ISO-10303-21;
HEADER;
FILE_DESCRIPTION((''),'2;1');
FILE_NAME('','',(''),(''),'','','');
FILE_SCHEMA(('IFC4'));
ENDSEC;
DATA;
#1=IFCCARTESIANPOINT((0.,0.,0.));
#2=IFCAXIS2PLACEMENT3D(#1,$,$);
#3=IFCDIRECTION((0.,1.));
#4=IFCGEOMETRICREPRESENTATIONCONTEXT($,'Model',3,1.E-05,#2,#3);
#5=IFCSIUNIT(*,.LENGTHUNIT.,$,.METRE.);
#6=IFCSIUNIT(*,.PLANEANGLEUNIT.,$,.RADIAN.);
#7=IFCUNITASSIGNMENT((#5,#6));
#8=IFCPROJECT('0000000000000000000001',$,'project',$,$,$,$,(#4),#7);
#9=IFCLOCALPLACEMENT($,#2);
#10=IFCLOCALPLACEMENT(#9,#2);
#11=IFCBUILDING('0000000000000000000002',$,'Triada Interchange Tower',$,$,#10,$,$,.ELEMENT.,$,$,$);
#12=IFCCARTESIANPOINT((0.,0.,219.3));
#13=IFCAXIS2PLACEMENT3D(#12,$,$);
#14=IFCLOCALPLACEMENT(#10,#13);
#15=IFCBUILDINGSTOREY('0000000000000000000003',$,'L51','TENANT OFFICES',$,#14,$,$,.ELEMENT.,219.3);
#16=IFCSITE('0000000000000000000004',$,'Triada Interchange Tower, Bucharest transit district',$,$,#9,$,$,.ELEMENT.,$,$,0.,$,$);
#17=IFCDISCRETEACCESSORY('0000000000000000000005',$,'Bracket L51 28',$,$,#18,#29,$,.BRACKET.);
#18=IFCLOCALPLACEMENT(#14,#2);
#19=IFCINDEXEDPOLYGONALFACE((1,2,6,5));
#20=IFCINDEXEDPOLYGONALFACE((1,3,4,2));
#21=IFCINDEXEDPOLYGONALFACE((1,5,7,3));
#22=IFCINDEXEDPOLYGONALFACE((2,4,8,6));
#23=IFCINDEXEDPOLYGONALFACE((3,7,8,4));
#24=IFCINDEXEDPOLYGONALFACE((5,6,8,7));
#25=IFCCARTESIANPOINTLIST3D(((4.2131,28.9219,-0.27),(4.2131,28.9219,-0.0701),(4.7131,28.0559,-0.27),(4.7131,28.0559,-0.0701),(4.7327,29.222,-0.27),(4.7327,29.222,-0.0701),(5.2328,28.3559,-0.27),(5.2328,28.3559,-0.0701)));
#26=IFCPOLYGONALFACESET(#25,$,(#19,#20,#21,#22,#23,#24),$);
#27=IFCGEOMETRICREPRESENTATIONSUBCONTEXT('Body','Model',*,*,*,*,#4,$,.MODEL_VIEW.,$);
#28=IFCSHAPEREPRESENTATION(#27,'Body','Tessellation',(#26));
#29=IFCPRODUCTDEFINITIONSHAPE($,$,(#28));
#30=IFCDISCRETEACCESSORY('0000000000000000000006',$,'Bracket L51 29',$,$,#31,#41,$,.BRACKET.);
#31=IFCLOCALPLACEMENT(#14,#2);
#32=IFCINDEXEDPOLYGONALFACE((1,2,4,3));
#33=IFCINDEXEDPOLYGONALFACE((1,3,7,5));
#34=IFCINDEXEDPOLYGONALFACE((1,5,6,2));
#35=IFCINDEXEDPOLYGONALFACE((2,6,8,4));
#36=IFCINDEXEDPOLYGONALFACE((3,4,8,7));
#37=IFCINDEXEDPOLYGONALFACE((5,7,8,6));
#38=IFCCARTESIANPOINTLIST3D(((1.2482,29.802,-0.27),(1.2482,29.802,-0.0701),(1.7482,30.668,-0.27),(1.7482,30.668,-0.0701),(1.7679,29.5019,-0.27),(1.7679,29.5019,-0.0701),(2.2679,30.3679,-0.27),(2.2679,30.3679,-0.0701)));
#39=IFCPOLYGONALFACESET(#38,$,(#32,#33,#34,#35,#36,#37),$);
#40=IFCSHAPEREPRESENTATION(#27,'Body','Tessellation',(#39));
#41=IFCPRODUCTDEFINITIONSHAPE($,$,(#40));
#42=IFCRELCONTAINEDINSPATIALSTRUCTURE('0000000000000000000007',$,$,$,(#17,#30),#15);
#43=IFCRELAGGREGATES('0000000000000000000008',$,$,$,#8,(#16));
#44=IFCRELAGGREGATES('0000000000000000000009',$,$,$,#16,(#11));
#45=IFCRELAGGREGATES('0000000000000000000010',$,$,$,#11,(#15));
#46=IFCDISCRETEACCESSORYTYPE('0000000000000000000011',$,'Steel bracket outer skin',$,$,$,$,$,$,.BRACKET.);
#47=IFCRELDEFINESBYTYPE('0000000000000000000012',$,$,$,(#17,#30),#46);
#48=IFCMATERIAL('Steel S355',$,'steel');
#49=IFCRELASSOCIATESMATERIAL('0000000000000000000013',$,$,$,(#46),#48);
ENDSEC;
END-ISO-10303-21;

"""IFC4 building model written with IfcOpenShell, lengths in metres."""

from ifc_helpers import new_model, si_unit, direction, frame, origin, origin_2d, place, context, subcontext, project, spatial, rectangle, extrude, material, type_object, element, save


model = new_model("IFC4")

# Units and contexts
model_context = context("Model", 3, precision=1e-05, world=origin(), true_north=direction((0.0, 1.0)))
body_context = subcontext(model_context, "Body", "Model", "MODEL_VIEW")
ifc_project = project(units=[si_unit("LENGTHUNIT", "METRE"), si_unit("PLANEANGLEUNIT", "RADIAN")], contexts=[model_context])

# Site, building, storey
site_placement = place(None, origin())
site = spatial("IfcSite", under=ifc_project, at=site_placement, Name="Triada Interchange Tower, Bucharest transit district", CompositionType="ELEMENT", RefElevation=0.0)
building_placement = place(site_placement, origin())
building = spatial("IfcBuilding", under=site, at=building_placement, Name="Triada Interchange Tower", CompositionType="ELEMENT")
storey_placement = place(building_placement, frame((0.0, 0.0, 219.3)))
storey = spatial("IfcBuildingStorey", under=building, at=storey_placement, Name="L51", Description="TENANT OFFICES", CompositionType="ELEMENT", Elevation=219.3)

# Discrete accessories
ifc_material_1 = material(Name="Steel S355", Category="steel")
discrete_accessory_type = type_object("IfcDiscreteAccessoryType", Name="Steel bracket outer skin", PredefinedType="BRACKET", material=ifc_material_1)
for number, where, z_axis, x_axis, name in (
    (1, (4.7229, 28.6389, -0.27), (0.0, 0.0, 1.0), (0.866025, 0.500001, 0.0), "Bracket L51 28"),
    (2, (1.7581, 30.085, -0.27), (0.0, 0.0, 1.0), (-0.866, 0.500044, 0.0), "Bracket L51 29"),
):
    element("IfcDiscreteAccessory", number, at=place(storey_placement, frame(where, z_axis=z_axis, x_axis=x_axis)), inside=storey, type_object=discrete_accessory_type, Name=name, PredefinedType="BRACKET", context=body_context, shape_type="SweptSolid", body=[
        extrude(rectangle(XDim=0.6001, YDim=1.0, at=origin_2d()), origin(), (0.0, 0.0, 1.0), 0.2),
    ])

save(model, "model.ifc")
